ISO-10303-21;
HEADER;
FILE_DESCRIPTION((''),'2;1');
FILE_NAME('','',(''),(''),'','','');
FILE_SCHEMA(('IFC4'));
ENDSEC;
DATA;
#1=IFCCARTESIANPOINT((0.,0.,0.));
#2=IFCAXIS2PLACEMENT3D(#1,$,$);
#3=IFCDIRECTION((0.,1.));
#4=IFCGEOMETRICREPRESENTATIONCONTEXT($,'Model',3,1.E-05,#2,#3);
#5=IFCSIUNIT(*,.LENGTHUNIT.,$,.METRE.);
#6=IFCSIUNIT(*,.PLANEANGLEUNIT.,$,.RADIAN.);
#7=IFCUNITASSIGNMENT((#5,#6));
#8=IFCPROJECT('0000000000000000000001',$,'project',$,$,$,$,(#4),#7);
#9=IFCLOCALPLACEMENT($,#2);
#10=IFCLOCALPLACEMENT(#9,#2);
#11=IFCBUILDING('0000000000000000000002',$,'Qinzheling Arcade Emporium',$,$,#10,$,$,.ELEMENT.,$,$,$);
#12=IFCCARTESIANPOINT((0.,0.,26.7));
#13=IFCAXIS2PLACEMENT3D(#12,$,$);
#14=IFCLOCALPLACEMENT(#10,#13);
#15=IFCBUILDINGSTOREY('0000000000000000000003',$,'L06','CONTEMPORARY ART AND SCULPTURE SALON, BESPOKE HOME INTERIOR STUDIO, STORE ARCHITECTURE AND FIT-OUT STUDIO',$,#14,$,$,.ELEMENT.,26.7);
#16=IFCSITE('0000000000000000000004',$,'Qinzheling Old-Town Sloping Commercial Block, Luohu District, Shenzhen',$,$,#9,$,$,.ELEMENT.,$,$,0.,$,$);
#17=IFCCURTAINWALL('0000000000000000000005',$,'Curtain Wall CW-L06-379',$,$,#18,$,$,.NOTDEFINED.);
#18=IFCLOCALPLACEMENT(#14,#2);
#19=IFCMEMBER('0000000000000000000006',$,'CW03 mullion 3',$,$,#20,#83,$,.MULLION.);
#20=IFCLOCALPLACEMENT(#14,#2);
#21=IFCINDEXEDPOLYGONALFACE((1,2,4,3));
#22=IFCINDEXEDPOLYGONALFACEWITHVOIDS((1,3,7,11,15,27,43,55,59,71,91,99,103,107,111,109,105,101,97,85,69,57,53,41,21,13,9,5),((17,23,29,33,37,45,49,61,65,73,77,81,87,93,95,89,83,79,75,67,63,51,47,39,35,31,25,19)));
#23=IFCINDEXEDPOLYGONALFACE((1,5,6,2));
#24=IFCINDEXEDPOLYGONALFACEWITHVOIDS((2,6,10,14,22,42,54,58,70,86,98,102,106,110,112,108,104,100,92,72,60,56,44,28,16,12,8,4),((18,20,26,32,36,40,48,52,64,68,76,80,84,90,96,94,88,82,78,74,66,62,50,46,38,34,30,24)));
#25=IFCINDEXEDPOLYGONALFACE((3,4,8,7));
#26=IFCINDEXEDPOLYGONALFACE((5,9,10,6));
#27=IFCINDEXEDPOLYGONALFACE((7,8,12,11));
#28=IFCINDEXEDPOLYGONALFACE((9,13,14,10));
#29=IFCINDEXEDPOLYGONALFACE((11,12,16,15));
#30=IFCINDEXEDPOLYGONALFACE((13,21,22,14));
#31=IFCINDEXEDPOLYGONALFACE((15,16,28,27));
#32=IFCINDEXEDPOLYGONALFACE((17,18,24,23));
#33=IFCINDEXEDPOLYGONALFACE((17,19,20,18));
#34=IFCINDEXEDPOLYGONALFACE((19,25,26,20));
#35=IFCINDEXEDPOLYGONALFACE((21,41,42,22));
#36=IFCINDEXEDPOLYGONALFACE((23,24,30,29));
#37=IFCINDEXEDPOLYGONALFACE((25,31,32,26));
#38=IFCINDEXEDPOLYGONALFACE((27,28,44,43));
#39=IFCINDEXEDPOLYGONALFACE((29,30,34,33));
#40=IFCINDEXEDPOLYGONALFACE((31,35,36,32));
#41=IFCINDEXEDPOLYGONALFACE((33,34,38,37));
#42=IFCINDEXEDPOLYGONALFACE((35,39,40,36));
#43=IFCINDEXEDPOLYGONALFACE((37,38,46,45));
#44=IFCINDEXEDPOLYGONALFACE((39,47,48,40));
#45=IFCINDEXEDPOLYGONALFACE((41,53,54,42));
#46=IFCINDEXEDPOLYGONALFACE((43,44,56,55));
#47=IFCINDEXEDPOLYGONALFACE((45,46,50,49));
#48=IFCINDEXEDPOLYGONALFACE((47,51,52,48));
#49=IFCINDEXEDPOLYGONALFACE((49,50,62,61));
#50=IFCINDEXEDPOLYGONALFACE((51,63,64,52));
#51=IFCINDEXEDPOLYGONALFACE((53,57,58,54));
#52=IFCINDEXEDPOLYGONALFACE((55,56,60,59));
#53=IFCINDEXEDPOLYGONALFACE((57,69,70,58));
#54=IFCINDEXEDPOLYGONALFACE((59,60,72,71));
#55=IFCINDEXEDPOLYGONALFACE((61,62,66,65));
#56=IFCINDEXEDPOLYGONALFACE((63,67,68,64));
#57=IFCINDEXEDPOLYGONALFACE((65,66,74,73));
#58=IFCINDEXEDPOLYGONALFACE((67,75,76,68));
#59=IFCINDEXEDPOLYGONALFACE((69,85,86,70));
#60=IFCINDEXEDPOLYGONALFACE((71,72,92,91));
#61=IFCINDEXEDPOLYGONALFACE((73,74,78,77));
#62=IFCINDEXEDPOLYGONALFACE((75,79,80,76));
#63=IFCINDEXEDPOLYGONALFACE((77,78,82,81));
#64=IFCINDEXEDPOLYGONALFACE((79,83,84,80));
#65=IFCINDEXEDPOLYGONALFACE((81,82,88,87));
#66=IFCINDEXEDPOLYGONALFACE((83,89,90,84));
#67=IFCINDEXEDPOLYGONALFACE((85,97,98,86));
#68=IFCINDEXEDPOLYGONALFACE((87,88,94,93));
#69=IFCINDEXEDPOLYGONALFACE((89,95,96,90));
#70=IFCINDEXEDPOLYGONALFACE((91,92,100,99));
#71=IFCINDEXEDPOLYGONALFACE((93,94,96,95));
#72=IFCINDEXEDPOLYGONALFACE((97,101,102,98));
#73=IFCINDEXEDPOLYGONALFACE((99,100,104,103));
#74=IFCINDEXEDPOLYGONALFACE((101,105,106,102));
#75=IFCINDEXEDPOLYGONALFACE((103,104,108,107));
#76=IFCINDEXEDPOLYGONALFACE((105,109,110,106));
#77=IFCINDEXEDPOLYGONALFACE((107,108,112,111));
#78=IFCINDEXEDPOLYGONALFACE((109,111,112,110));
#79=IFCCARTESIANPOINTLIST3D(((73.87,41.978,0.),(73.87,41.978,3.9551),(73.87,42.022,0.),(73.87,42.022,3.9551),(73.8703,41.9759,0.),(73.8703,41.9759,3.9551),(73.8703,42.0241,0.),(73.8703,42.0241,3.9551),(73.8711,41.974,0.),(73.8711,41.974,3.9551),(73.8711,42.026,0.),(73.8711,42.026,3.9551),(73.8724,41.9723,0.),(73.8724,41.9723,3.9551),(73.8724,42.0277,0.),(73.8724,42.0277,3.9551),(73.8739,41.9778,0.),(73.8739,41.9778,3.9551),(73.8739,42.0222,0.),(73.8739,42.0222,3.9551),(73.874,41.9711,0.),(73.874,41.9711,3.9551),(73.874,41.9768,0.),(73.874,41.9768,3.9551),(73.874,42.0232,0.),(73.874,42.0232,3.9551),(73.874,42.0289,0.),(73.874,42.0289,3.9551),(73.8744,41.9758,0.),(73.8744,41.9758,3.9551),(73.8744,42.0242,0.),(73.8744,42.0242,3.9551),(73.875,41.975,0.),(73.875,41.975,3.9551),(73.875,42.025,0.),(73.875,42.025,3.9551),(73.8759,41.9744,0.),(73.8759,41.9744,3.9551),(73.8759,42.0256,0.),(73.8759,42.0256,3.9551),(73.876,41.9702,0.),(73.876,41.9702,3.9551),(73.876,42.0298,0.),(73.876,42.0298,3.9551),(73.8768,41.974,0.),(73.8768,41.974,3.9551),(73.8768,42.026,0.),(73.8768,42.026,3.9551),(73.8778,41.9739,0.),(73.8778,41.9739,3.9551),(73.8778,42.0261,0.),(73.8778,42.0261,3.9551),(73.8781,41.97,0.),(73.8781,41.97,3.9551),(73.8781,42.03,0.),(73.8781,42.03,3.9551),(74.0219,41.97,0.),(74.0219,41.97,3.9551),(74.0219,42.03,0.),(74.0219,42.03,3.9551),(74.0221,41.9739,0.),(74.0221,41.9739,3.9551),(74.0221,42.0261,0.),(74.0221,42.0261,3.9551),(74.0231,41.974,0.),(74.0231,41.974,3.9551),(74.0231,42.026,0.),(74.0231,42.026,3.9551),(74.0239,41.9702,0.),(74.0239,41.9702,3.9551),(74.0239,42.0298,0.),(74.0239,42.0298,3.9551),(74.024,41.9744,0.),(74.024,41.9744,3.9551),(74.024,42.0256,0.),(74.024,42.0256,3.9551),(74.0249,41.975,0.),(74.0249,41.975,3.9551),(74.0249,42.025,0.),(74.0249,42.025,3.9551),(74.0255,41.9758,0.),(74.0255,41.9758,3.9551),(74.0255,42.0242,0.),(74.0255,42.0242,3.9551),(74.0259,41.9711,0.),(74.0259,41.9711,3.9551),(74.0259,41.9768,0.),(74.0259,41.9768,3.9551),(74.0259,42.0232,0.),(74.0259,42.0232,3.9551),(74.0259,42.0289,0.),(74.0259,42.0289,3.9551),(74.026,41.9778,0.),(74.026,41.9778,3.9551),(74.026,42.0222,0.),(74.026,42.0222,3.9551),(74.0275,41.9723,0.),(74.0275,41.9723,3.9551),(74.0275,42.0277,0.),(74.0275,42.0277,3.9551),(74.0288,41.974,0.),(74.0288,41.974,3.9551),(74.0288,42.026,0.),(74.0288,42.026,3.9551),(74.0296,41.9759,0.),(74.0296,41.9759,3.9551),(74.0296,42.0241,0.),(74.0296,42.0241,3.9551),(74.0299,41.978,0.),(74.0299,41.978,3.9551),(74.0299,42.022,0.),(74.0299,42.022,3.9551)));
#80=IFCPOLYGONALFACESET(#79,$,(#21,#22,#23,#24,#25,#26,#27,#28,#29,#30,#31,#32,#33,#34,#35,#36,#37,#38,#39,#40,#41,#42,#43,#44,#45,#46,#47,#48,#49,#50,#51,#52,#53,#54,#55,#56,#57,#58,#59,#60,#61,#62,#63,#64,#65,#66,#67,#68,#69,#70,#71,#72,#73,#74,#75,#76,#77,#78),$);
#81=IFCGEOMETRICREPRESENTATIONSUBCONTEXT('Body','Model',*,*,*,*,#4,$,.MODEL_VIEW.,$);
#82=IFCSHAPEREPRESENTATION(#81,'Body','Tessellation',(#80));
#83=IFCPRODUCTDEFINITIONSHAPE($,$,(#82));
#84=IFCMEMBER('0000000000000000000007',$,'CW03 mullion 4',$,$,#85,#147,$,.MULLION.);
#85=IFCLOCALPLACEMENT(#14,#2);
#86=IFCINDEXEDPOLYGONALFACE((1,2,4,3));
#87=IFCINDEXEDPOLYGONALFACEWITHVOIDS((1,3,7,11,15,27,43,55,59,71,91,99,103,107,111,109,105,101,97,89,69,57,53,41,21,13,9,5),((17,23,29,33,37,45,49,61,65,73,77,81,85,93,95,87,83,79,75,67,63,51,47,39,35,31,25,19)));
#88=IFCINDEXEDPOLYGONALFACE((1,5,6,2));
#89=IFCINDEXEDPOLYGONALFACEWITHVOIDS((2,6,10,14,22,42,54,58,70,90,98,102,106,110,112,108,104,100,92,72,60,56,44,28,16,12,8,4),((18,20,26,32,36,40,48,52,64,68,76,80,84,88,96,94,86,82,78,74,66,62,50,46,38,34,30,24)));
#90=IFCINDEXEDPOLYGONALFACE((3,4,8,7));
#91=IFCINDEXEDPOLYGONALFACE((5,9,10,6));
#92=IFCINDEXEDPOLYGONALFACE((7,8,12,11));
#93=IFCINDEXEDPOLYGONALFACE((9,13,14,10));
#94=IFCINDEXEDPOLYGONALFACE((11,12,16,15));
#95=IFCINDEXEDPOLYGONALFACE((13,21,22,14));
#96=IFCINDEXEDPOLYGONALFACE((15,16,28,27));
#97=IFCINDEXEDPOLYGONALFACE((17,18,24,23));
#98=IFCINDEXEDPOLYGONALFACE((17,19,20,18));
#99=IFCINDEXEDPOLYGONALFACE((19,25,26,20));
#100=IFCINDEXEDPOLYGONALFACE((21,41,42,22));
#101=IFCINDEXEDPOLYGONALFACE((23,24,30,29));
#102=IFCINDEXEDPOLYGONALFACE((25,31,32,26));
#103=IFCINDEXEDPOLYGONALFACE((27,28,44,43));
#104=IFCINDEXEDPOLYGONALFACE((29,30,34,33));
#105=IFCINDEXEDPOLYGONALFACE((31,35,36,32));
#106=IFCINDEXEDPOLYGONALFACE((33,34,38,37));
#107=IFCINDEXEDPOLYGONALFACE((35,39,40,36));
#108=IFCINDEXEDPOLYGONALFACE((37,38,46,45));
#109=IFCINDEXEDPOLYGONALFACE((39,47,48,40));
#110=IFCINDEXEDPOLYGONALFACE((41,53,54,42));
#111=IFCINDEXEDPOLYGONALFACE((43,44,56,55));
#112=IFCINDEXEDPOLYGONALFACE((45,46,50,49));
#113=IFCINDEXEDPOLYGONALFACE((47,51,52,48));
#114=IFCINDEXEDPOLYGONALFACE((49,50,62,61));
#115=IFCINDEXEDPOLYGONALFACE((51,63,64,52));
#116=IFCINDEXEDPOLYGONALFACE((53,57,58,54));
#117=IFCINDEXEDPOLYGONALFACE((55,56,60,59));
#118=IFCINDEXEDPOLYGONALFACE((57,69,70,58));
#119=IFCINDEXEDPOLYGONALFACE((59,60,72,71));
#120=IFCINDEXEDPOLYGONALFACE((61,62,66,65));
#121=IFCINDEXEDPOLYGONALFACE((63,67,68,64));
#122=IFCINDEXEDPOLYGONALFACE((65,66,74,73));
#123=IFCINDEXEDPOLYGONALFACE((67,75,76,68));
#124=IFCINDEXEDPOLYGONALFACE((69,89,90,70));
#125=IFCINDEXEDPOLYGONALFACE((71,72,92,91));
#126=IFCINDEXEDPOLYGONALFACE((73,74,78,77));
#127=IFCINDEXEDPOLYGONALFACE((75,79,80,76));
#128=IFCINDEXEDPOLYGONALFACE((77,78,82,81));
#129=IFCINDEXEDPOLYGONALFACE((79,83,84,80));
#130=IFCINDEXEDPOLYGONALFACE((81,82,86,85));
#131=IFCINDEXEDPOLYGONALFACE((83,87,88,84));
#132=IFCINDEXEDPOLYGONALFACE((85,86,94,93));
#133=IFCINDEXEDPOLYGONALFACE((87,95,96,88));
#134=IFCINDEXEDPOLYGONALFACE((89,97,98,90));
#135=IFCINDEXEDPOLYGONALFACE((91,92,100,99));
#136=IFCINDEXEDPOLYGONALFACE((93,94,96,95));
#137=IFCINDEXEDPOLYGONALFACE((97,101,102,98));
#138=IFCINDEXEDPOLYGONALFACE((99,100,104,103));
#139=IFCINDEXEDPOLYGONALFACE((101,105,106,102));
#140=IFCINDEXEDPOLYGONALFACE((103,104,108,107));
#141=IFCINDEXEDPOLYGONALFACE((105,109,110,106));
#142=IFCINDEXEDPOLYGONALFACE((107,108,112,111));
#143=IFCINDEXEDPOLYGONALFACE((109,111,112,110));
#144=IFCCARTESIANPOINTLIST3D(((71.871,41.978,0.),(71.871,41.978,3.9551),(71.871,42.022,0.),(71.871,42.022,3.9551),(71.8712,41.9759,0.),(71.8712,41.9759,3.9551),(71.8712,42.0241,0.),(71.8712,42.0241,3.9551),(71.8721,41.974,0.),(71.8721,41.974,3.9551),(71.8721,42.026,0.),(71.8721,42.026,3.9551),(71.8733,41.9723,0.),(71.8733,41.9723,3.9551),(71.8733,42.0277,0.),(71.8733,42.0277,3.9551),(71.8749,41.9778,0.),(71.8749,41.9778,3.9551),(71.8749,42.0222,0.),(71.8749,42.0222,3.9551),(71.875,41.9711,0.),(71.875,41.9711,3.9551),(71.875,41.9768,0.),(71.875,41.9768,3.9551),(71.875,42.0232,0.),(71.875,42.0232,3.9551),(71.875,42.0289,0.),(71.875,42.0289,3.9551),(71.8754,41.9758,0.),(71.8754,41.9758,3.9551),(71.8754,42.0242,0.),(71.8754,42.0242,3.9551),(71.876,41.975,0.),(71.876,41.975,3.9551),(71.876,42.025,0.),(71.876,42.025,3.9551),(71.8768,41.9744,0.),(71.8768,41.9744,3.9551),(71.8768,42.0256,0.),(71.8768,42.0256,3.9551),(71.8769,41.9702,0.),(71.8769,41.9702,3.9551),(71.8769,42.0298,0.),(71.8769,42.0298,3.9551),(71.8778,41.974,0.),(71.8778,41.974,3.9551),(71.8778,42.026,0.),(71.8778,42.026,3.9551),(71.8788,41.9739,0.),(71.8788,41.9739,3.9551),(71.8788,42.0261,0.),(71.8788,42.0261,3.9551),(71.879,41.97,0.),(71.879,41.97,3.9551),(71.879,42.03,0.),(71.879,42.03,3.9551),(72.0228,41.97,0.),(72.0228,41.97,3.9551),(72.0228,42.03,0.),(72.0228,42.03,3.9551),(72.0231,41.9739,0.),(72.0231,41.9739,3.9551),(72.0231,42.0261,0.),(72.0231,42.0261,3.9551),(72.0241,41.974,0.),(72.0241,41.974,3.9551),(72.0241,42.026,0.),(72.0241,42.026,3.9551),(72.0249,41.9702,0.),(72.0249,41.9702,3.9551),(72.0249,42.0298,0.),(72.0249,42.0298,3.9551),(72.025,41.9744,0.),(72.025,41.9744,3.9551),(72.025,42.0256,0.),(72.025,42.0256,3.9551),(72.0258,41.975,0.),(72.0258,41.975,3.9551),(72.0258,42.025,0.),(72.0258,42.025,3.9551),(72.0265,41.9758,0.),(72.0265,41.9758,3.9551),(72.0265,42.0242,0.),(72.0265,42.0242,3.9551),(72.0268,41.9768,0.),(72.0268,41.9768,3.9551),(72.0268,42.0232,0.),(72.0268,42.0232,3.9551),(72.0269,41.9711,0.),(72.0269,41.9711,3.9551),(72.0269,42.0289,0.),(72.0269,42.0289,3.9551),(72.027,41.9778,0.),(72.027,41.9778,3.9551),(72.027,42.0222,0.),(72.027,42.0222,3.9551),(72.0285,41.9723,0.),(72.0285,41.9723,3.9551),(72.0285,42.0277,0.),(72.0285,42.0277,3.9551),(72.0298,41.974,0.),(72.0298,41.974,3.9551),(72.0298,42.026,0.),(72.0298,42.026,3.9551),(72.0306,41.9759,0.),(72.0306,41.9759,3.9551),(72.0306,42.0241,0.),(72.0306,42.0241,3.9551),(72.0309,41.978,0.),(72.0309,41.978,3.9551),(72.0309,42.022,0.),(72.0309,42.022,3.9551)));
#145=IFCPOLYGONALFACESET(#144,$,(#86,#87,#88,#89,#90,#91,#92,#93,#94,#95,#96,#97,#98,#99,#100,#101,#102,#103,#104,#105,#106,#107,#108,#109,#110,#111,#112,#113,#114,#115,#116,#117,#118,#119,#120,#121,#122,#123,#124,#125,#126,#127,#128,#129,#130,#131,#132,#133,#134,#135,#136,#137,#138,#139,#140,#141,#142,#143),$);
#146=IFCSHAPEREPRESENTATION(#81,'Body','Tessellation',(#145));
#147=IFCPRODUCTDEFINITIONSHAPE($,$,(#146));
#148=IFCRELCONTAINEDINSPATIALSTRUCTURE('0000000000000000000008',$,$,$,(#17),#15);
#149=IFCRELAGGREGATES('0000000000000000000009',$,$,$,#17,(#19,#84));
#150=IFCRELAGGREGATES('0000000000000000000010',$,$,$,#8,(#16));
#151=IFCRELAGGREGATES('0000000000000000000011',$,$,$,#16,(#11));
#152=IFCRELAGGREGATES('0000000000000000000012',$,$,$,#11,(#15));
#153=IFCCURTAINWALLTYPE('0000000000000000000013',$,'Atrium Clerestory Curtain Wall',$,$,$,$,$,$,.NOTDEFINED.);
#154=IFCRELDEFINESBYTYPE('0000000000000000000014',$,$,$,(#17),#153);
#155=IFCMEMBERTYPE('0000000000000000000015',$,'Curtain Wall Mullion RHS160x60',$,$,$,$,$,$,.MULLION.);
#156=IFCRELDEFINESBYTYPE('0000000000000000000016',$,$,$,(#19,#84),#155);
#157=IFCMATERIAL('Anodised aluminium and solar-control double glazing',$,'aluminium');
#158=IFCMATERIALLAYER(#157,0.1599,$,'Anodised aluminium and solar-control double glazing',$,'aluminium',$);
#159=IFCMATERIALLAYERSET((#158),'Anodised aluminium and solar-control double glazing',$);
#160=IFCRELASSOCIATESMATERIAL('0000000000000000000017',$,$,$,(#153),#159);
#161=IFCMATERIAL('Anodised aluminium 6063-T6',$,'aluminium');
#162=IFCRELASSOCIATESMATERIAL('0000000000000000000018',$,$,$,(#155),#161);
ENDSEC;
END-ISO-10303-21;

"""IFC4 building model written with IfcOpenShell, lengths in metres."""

from ifc_helpers import new_model, si_unit, direction, frame, origin, origin_2d, place, context, subcontext, project, spatial, hollow_rectangle, extrude, material, layer, layer_set, material_profile, profile_set, type_object, element, aggregate, save


model = new_model("IFC4")

# Units and contexts
model_context = context("Model", 3, precision=1e-05, world=origin(), true_north=direction((0.0, 1.0)))
body_context = subcontext(model_context, "Body", "Model", "MODEL_VIEW")
ifc_project = project(units=[si_unit("LENGTHUNIT", "METRE"), si_unit("PLANEANGLEUNIT", "RADIAN")], contexts=[model_context])

# Site, building, storey
site_placement = place(None, origin())
site = spatial("IfcSite", under=ifc_project, at=site_placement, Name="Qinzheling Old-Town Sloping Commercial Block, Luohu District, Shenzhen", CompositionType="ELEMENT", RefElevation=0.0)
building_placement = place(site_placement, origin())
building = spatial("IfcBuilding", under=site, at=building_placement, Name="Qinzheling Arcade Emporium", CompositionType="ELEMENT")
storey_placement = place(building_placement, frame((0.0, 0.0, 26.7)))
storey = spatial("IfcBuildingStorey", under=building, at=storey_placement, Name="L06", Description="CONTEMPORARY ART AND SCULPTURE SALON, BESPOKE HOME INTERIOR STUDIO, STORE ARCHITECTURE AND FIT-OUT STUDIO", CompositionType="ELEMENT", Elevation=26.7)

# Curtain wall, members
ifc_material_1 = material(Name="Anodised aluminium and solar-control double glazing", Category="aluminium")
ifc_layer_1 = layer(ifc_material_1, 0.1599, Name="Anodised aluminium and solar-control double glazing", Category="aluminium")
ifc_layer_set_1 = layer_set([ifc_layer_1], Name="Anodised aluminium and solar-control double glazing")
curtain_wall_type_1 = type_object("IfcCurtainWallType", Name="Atrium Clerestory Curtain Wall", PredefinedType="NOTDEFINED", material=ifc_layer_set_1)
curtain_wall_1_placement = place(storey_placement, origin())
curtain_wall_1 = element("IfcCurtainWall", 1, at=curtain_wall_1_placement, inside=storey, type_object=curtain_wall_type_1, Name="Curtain Wall CW-L06-379", PredefinedType="NOTDEFINED")
ifc_material_2 = material(Name="Anodised aluminium 6063-T6", Category="aluminium")
ifc_material_profile_1 = material_profile(ifc_material_2, hollow_rectangle(XDim=0.0601, YDim=0.1599, WallThickness=0.0039, InnerFilletRadius=0.0039, OuterFilletRadius=0.0081, at=origin_2d()), Name="RHS 160x60x4", Category="aluminium")
ifc_profile_set_1 = profile_set([ifc_material_profile_1], Name="Anodised aluminium 6063-T6")
member_type_1 = type_object("IfcMemberType", Name="Curtain Wall Mullion RHS160x60", PredefinedType="MULLION", material=ifc_profile_set_1)
member_1_placement = place(storey_placement, frame((73.95, 42.0, 0.0), z_axis=(0.0, 0.0, 1.0), x_axis=(0.0, -1.0, 0.0)))
member_1 = element("IfcMember", 2, at=member_1_placement, type_object=member_type_1, Name="CW03 mullion 3", PredefinedType="MULLION", context=body_context, shape_type="SweptSolid", body=[
    extrude(hollow_rectangle(XDim=0.0601, YDim=0.1599, WallThickness=0.0039, InnerFilletRadius=0.0039, OuterFilletRadius=0.0081, at=origin_2d()), origin(), (0.0, 0.0, 1.0), 3.9551),
])
member_2_placement = place(storey_placement, frame((71.9509, 42.0, 0.0), z_axis=(0.0, 0.0, 1.0), x_axis=(0.0, -1.0, 0.0)))
member_2 = element("IfcMember", 3, at=member_2_placement, type_object=member_type_1, Name="CW03 mullion 4", PredefinedType="MULLION", context=body_context, shape_type="SweptSolid", body=[
    extrude(hollow_rectangle(XDim=0.0601, YDim=0.1599, WallThickness=0.0039, InnerFilletRadius=0.0039, OuterFilletRadius=0.0081, at=origin_2d()), origin(), (0.0, 0.0, 1.0), 3.9551),
])

aggregate(curtain_wall_1, [member_1, member_2])

save(model, "model.ifc")
